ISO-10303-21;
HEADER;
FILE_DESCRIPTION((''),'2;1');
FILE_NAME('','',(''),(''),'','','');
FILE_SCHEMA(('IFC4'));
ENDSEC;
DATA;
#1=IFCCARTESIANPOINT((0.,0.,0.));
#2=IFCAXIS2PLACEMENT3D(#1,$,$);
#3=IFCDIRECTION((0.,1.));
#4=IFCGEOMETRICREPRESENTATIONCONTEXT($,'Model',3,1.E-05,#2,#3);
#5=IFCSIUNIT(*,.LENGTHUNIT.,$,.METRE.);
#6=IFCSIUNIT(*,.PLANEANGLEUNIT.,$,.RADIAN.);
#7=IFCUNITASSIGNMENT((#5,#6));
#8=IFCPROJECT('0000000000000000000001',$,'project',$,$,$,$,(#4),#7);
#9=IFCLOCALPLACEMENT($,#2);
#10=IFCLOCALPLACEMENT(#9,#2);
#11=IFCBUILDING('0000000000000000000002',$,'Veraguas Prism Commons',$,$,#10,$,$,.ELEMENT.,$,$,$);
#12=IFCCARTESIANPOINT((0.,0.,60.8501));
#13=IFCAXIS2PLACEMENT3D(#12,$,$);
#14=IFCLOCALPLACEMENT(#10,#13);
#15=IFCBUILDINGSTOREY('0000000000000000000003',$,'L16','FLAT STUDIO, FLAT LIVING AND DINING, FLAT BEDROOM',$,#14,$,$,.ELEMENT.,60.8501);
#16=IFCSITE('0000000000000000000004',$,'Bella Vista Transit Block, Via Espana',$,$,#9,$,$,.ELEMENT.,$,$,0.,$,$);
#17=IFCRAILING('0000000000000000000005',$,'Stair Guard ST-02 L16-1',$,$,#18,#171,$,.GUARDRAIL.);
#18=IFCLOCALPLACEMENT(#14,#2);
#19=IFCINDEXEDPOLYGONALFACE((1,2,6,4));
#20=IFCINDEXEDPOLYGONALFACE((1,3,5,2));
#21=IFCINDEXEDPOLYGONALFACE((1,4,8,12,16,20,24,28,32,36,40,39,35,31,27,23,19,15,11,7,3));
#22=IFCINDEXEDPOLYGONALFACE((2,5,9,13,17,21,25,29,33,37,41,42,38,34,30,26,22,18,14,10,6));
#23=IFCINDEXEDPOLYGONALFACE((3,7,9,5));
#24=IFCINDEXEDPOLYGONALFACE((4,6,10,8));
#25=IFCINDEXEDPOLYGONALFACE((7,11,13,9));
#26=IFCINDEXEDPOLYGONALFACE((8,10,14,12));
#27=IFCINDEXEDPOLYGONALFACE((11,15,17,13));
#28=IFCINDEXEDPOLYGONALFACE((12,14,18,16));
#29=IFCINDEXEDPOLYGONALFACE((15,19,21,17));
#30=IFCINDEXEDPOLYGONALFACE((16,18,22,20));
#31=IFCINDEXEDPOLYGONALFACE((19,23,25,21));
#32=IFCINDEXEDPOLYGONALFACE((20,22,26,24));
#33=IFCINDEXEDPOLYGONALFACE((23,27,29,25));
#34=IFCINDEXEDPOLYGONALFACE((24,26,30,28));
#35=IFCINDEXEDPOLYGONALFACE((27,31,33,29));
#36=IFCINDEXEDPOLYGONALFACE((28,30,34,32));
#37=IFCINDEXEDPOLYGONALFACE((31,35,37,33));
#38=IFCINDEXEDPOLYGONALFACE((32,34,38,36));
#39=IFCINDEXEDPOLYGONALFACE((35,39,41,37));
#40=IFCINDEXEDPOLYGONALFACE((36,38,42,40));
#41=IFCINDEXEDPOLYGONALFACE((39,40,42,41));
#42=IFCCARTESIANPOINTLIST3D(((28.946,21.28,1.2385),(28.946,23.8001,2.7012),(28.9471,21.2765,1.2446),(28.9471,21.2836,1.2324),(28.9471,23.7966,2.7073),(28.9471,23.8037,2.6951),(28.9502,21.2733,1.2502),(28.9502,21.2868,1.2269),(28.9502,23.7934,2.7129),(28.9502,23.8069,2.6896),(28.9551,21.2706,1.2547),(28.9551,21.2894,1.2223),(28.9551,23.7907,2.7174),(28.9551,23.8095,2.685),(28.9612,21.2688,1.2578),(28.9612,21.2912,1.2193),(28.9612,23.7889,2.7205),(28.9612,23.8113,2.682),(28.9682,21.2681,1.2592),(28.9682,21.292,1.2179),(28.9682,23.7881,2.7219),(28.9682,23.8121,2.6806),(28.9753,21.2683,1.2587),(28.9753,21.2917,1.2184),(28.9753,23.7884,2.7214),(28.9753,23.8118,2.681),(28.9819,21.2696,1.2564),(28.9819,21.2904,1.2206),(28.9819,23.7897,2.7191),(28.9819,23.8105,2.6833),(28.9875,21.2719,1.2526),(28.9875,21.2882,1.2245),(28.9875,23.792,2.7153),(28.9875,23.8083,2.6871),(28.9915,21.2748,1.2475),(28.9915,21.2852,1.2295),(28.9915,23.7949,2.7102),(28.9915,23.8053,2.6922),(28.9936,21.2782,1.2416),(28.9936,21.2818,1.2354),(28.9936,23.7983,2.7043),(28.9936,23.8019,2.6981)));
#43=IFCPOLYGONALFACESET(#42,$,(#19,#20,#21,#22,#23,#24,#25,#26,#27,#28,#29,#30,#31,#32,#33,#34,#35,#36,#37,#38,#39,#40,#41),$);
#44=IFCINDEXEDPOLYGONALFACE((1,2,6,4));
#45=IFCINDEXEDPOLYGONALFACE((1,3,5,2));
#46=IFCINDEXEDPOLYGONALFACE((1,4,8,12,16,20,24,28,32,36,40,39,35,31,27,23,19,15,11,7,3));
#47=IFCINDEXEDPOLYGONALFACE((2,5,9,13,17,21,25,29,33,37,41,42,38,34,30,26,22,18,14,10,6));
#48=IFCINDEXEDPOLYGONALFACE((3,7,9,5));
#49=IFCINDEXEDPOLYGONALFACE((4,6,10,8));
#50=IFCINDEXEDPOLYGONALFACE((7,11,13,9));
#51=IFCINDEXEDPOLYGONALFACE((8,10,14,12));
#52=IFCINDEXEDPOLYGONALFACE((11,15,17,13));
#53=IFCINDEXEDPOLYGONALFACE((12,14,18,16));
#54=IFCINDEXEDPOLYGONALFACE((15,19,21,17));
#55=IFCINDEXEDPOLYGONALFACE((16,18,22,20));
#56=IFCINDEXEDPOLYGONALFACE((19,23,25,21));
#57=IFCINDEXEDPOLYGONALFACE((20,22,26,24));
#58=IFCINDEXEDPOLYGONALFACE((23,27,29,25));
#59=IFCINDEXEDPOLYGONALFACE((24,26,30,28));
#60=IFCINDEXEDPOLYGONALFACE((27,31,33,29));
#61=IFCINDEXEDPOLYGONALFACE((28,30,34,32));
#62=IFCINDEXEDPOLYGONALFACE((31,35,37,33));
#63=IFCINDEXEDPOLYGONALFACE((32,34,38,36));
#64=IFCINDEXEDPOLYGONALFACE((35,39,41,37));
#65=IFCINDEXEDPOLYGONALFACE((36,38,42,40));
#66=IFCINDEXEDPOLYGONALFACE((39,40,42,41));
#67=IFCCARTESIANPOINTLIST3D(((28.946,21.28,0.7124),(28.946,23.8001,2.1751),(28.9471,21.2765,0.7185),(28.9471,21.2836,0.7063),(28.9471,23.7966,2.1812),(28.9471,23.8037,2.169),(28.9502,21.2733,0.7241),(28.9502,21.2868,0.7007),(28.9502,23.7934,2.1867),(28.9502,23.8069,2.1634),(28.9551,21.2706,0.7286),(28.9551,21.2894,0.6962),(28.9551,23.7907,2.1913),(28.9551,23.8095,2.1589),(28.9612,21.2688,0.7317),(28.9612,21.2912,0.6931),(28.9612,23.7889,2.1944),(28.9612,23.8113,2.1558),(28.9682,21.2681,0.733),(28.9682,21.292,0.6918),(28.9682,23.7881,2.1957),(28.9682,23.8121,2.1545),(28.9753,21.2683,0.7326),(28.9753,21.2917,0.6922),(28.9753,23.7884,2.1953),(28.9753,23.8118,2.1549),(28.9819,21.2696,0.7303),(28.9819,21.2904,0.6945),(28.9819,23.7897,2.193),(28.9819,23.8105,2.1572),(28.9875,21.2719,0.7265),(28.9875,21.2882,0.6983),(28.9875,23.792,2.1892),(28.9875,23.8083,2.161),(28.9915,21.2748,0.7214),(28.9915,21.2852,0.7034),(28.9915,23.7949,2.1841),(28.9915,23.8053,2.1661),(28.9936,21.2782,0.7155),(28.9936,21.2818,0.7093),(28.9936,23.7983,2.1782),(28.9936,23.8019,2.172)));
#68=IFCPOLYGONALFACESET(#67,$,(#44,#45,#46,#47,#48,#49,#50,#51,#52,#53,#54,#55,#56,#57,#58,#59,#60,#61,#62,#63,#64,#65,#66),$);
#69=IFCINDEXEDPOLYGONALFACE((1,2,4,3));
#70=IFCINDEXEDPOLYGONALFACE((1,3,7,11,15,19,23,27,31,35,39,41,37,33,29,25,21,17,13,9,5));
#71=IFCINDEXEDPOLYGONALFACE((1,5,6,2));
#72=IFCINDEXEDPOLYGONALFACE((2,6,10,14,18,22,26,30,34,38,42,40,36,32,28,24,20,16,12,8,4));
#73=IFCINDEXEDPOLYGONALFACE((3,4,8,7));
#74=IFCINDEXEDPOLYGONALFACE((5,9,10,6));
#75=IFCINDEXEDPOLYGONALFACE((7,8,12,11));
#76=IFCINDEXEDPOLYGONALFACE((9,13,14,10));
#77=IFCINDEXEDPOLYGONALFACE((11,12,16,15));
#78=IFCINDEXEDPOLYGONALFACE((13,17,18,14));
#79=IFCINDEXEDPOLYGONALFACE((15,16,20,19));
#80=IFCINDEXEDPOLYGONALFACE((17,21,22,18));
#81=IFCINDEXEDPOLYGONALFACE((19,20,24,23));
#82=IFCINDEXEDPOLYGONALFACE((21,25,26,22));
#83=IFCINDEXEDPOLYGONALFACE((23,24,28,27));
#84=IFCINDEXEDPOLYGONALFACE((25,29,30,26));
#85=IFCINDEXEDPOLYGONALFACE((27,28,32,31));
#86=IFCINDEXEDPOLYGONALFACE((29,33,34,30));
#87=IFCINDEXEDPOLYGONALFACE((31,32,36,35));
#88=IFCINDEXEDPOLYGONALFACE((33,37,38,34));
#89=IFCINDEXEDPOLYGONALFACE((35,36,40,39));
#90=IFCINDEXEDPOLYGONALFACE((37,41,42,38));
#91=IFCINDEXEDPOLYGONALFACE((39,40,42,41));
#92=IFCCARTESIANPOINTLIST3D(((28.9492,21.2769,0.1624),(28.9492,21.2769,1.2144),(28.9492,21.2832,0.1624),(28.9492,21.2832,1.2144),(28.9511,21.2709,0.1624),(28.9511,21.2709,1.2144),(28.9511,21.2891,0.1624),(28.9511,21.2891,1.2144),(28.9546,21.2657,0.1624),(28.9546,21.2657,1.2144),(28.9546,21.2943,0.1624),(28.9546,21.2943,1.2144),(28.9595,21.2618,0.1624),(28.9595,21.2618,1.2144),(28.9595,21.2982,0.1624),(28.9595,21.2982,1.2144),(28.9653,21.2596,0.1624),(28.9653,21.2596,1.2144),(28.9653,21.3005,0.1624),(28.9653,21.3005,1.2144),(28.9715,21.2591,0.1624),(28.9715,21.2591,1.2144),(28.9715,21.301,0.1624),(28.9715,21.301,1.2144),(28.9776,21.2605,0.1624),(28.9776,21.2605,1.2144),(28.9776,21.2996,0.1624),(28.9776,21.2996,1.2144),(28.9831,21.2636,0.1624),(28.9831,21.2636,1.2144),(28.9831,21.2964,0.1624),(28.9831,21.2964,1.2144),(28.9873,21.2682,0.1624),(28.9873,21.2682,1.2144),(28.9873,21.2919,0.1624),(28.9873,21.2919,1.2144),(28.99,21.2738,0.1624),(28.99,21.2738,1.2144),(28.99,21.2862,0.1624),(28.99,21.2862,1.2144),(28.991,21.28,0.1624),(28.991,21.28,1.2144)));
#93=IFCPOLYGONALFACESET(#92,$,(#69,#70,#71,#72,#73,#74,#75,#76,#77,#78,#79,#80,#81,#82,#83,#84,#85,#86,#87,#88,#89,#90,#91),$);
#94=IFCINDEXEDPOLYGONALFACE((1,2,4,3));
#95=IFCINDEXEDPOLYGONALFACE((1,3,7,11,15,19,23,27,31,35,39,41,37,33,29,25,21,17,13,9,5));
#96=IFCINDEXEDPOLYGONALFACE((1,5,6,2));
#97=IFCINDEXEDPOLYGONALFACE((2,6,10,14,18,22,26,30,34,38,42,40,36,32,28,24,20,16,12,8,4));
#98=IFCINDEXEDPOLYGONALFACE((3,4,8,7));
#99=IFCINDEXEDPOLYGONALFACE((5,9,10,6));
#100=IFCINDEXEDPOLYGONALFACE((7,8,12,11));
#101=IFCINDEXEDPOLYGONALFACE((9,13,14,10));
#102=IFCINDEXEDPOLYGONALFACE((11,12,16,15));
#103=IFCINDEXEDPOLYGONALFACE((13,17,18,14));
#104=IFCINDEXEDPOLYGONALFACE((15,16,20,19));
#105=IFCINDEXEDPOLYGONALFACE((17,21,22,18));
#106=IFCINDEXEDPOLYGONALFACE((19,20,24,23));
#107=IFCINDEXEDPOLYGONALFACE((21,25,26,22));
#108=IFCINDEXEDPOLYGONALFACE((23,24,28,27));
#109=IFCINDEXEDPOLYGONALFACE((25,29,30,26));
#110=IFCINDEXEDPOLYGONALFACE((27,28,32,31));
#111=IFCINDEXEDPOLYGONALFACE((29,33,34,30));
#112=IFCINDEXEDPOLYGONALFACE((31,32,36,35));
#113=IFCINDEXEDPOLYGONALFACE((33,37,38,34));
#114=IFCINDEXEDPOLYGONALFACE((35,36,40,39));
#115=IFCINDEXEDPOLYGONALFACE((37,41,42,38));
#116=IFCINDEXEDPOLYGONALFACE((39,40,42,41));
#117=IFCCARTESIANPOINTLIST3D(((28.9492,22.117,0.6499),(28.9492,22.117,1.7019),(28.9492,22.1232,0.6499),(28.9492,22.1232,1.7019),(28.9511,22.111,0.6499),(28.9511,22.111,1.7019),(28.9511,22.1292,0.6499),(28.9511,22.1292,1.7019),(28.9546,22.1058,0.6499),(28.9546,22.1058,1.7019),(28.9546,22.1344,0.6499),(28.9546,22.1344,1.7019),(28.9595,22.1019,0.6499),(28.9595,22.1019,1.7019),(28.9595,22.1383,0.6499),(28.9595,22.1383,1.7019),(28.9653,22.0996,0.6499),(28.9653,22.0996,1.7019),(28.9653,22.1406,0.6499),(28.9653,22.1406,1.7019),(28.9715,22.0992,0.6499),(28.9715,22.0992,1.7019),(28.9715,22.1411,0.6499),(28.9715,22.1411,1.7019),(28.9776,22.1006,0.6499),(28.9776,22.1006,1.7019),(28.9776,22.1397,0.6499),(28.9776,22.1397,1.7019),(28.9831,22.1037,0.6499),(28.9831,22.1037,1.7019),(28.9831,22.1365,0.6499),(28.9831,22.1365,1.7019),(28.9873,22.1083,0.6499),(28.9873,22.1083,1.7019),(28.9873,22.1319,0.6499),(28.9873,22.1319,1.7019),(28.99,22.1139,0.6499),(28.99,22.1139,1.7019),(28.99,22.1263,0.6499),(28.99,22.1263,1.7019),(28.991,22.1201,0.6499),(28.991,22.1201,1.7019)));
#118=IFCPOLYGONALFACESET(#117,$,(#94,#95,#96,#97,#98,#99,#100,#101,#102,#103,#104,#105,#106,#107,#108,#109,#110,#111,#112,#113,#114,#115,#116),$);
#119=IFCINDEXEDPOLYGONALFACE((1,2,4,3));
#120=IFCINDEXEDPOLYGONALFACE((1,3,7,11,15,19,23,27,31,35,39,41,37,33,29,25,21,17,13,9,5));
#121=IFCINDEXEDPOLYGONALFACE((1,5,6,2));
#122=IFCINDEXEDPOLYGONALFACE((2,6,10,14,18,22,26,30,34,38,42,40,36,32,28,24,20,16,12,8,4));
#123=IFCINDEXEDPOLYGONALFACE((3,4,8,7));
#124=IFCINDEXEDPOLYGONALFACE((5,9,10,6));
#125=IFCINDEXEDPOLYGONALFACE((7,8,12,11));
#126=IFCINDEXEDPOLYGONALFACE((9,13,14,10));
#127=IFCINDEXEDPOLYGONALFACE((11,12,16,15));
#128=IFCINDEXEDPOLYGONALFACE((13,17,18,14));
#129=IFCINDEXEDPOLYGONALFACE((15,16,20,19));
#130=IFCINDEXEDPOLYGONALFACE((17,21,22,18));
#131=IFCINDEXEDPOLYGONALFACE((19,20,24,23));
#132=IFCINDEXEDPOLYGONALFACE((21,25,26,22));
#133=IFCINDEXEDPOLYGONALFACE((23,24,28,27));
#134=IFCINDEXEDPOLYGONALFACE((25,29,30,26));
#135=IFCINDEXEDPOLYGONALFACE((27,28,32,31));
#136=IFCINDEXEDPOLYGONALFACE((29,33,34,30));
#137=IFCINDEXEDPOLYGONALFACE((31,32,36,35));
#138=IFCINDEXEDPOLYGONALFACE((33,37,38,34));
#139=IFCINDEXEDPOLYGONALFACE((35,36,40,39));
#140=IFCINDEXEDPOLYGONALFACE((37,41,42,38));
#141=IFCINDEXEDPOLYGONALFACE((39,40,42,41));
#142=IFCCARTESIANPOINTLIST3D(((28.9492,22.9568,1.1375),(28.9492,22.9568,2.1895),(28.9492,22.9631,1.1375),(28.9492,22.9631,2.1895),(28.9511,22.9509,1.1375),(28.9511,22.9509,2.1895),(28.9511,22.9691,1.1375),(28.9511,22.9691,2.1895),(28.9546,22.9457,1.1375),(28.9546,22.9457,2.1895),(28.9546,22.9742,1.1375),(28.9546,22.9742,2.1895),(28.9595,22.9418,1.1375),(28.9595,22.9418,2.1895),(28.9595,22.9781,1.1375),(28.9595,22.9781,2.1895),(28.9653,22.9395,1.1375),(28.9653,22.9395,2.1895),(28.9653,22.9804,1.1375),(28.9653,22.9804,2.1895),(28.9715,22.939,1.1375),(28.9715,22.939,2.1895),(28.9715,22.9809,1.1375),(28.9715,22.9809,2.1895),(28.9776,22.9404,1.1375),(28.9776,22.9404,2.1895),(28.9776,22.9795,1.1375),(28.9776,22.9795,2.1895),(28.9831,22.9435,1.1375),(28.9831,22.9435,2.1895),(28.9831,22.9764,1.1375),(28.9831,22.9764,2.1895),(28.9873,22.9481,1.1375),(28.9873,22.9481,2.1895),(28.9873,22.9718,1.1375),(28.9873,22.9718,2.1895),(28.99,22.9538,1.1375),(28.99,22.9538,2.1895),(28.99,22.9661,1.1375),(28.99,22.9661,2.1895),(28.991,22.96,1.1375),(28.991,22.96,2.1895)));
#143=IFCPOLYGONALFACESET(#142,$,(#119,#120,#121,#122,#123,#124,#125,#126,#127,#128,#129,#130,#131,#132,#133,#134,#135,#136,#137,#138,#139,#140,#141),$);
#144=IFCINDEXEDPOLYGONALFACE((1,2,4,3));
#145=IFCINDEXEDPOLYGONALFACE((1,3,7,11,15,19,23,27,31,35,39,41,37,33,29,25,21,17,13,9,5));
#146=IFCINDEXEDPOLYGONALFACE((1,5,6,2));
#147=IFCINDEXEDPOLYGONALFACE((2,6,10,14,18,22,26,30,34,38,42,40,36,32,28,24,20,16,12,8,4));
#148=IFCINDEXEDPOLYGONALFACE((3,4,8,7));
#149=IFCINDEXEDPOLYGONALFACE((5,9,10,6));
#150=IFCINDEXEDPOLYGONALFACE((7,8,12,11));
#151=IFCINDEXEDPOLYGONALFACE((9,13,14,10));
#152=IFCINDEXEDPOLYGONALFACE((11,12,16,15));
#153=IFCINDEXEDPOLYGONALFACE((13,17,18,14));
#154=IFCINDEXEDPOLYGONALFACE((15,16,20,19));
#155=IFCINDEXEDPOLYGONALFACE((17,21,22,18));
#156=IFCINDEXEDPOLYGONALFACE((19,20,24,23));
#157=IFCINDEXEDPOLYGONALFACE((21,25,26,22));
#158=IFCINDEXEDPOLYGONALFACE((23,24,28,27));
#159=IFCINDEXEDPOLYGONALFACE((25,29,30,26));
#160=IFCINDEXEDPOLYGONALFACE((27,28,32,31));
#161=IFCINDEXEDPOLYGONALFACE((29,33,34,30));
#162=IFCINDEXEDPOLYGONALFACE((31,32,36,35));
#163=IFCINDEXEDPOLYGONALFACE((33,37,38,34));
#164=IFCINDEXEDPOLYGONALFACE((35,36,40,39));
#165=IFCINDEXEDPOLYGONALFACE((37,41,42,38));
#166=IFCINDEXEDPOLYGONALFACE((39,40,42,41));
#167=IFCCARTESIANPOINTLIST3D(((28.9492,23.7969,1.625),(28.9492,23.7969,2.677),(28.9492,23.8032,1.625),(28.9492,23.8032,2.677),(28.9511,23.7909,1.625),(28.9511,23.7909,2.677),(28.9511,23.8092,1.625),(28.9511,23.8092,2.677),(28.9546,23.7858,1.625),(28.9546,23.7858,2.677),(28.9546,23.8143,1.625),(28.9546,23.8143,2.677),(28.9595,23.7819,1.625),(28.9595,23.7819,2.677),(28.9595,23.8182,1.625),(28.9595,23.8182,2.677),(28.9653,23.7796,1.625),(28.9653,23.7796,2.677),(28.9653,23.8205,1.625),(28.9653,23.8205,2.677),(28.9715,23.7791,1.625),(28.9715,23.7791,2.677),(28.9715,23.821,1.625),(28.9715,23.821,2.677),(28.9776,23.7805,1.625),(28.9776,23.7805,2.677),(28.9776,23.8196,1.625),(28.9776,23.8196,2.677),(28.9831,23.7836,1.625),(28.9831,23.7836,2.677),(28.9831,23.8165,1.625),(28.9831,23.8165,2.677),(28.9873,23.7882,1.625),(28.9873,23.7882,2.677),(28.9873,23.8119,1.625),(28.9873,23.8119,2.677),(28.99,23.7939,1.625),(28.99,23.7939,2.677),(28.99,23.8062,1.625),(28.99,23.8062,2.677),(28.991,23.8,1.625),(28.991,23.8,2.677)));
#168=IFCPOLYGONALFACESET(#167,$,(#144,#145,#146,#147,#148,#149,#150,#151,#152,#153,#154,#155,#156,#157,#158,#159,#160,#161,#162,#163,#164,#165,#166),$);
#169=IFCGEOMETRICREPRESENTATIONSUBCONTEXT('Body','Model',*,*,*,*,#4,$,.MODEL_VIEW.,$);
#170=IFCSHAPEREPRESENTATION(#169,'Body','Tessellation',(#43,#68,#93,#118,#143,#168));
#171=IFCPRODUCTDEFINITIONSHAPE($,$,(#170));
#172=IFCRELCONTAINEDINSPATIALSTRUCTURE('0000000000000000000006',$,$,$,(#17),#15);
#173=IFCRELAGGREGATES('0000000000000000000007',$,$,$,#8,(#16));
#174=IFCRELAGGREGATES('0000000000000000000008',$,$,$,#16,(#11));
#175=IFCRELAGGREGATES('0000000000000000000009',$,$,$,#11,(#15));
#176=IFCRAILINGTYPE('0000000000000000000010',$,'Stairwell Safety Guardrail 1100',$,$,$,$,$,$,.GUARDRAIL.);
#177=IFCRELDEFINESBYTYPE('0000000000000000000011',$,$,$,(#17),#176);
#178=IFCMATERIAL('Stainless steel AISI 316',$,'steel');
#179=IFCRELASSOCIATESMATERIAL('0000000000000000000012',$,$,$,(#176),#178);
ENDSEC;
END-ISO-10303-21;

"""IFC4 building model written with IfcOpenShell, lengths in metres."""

from ifc_helpers import new_model, si_unit, direction, frame, origin, origin_2d, place, context, subcontext, project, spatial, circle, extrude, material, type_object, element, save


model = new_model("IFC4")

# Units and contexts
model_context = context("Model", 3, precision=1e-05, world=origin(), true_north=direction((0.0, 1.0)))
body_context = subcontext(model_context, "Body", "Model", "MODEL_VIEW")
ifc_project = project(units=[si_unit("LENGTHUNIT", "METRE"), si_unit("PLANEANGLEUNIT", "RADIAN")], contexts=[model_context])

# Site, building, storey
site_placement = place(None, origin())
site = spatial("IfcSite", under=ifc_project, at=site_placement, Name="Bella Vista Transit Block, Via Espana", CompositionType="ELEMENT", RefElevation=0.0)
building_placement = place(site_placement, origin())
building = spatial("IfcBuilding", under=site, at=building_placement, Name="Veraguas Prism Commons", CompositionType="ELEMENT")
storey_placement = place(building_placement, frame((0.0, 0.0, 60.8501)))
storey = spatial("IfcBuildingStorey", under=building, at=storey_placement, Name="L16", Description="FLAT STUDIO, FLAT LIVING AND DINING, FLAT BEDROOM", CompositionType="ELEMENT", Elevation=60.8501)

# Shared definitions
ifc_material_1 = material(Name="Stainless steel AISI 316", Category="steel")

# Railing
railing_type_1 = type_object("IfcRailingType", Name="Stairwell Safety Guardrail 1100", PredefinedType="GUARDRAIL", material=ifc_material_1)
railing_1_placement = place(storey_placement, frame((28.97, 21.28, 0.1624)))
element("IfcRailing", 1, at=railing_1_placement, inside=storey, type_object=railing_type_1, Name="Stair Guard ST-02 L16-1", PredefinedType="GUARDRAIL", context=body_context, shape_type="SweptSolid", body=[
    extrude(circle(Radius=0.0239, at=origin_2d()), frame((0.0, 0.0, 1.0762), z_axis=(0.0, 0.864877, 0.501984), x_axis=(-1.0, 0.0, 0.0)), (0.0, 0.0, 1.0), 2.9138),
    extrude(circle(Radius=0.0239, at=origin_2d()), frame((0.0, 0.0, 0.55), z_axis=(0.0, 0.864877, 0.501984), x_axis=(-1.0, 0.0, 0.0)), (0.0, 0.0, 1.0), 2.9138),
    extrude(circle(Radius=0.021, at=origin_2d()), origin(), (0.0, 0.0, 1.0), 1.052),
    extrude(circle(Radius=0.021, at=origin_2d()), frame((0.0, 0.8401, 0.4875)), (0.0, 0.0, 1.0), 1.052),
    extrude(circle(Radius=0.021, at=origin_2d()), frame((0.0, 1.6799, 0.9751)), (0.0, 0.0, 1.0), 1.052),
    extrude(circle(Radius=0.021, at=origin_2d()), frame((0.0, 2.52, 1.4626)), (0.0, 0.0, 1.0), 1.052),
])

save(model, "model.ifc")
